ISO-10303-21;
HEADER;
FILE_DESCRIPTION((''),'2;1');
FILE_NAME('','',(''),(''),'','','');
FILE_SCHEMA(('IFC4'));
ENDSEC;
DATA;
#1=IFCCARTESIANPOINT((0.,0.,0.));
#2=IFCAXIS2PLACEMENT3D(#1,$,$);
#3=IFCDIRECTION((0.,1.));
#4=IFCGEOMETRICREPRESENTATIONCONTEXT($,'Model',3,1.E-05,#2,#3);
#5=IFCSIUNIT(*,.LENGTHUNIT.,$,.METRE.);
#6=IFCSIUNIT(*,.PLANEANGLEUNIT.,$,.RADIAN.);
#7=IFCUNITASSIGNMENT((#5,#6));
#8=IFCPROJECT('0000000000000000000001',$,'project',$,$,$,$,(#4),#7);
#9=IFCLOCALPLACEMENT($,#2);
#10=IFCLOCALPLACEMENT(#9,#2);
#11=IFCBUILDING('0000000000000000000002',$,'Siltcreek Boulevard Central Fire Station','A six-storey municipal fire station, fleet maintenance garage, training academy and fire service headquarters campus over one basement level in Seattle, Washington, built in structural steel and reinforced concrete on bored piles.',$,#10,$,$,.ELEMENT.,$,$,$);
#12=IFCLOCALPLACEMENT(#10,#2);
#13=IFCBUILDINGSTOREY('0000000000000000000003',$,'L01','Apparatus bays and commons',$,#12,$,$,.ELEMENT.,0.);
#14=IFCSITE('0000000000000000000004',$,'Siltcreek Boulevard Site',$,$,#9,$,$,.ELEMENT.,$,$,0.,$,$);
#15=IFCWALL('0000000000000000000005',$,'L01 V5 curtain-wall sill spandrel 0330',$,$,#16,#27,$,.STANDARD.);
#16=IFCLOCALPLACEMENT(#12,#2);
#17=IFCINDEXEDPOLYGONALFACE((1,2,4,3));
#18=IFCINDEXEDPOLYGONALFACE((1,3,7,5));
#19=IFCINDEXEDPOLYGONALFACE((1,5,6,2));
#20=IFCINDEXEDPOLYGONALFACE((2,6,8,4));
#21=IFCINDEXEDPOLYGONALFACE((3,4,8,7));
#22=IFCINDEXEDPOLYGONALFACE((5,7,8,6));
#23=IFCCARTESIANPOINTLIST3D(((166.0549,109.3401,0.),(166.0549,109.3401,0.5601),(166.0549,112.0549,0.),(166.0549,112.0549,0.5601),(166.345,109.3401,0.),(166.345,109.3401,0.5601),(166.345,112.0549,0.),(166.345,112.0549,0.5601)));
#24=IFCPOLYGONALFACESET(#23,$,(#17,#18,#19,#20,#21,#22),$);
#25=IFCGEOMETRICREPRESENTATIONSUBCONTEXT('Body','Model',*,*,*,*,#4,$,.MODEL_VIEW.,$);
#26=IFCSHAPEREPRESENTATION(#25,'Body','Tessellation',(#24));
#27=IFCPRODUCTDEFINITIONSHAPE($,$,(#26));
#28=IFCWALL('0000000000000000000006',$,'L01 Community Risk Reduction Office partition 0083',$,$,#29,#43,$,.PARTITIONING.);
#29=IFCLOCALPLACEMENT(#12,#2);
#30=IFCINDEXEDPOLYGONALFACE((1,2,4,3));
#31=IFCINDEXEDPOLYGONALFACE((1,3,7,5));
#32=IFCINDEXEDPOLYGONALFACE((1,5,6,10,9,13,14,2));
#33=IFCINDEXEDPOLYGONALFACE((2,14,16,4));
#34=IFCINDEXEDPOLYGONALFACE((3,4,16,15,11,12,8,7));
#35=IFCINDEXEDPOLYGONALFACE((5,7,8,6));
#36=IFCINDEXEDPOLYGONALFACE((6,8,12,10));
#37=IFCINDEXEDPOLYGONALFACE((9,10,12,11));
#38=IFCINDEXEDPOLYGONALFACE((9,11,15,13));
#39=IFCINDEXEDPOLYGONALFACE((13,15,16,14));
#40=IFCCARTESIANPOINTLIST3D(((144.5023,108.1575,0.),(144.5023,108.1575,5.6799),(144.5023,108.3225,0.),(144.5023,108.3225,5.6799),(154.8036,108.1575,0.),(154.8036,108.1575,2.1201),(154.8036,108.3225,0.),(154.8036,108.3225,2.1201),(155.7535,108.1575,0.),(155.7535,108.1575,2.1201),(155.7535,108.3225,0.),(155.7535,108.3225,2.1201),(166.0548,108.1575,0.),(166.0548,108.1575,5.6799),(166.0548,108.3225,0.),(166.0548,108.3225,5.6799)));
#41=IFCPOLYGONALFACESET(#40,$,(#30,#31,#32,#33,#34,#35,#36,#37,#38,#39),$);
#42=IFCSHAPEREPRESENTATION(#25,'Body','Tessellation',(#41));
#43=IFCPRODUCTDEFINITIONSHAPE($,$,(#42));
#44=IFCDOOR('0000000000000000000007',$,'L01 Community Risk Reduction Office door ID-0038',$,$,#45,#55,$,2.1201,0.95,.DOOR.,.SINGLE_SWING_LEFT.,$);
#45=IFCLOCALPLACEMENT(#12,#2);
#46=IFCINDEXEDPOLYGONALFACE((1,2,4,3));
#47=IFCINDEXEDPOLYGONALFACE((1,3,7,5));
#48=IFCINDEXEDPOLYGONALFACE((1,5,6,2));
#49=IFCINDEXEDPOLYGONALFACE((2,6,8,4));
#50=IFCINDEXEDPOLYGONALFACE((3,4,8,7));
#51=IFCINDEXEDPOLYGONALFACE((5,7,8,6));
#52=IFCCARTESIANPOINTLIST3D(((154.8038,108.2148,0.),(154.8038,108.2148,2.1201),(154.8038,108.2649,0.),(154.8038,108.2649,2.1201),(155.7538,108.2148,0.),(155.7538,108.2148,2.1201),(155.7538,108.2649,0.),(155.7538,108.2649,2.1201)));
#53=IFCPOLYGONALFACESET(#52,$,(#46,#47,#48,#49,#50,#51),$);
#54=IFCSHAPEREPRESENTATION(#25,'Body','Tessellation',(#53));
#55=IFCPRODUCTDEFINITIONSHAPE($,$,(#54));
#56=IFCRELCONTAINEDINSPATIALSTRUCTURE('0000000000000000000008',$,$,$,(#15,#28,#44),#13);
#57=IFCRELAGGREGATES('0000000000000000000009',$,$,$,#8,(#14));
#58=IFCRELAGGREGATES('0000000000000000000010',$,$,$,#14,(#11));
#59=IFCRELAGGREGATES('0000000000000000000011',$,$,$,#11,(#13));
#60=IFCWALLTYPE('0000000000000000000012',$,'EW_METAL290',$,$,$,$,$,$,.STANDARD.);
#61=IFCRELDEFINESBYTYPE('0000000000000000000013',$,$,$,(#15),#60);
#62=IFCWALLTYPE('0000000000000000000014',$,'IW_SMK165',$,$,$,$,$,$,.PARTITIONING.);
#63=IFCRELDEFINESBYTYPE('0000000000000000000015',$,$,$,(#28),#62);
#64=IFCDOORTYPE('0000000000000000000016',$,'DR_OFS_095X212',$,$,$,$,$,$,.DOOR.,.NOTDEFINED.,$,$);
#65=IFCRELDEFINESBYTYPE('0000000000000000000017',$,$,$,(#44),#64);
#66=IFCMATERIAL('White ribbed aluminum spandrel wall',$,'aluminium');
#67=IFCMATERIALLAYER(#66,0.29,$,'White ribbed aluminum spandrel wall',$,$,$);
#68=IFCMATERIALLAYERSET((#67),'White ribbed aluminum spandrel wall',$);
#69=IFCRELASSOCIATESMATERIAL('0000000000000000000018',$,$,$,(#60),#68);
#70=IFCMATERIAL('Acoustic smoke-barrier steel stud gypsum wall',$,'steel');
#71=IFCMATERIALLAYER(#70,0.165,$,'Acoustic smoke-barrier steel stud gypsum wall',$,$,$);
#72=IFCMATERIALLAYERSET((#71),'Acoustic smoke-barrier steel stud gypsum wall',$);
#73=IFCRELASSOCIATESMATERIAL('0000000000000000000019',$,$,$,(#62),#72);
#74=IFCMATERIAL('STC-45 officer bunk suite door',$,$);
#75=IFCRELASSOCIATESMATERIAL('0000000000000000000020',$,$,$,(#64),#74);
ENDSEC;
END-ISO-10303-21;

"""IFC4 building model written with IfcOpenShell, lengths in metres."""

from ifc_helpers import new_model, si_unit, direction, frame, frame_2d, origin, place, context, subcontext, project, spatial, rectangle, extrude, material, layer, layer_set, type_object, element, fill, save


model = new_model("IFC4")

# Units and contexts
model_context = context("Model", 3, precision=1e-05, world=origin(), true_north=direction((0.0, 1.0)))
body_context = subcontext(model_context, "Body", "Model", "MODEL_VIEW")
ifc_project = project(units=[si_unit("LENGTHUNIT", "METRE"), si_unit("PLANEANGLEUNIT", "RADIAN")], contexts=[model_context])

# Site, building, storey
site_placement = place(None, origin())
site = spatial("IfcSite", under=ifc_project, at=site_placement, Name="Siltcreek Boulevard Site", CompositionType="ELEMENT", RefElevation=0.0)
building_placement = place(site_placement, origin())
building = spatial("IfcBuilding", under=site, at=building_placement, Name="Siltcreek Boulevard Central Fire Station", Description="A six-storey municipal fire station, fleet maintenance garage, training academy and fire service headquarters campus over one basement level in Seattle, Washington, built in structural steel and reinforced concrete on bored piles.", CompositionType="ELEMENT")
storey_placement = place(building_placement, origin())
storey = spatial("IfcBuildingStorey", under=building, at=storey_placement, Name="L01", Description="Apparatus bays and commons", CompositionType="ELEMENT", Elevation=0.0)

# Wall
ifc_material_1 = material(Name="White ribbed aluminum spandrel wall", Category="aluminium")
ifc_layer_1 = layer(ifc_material_1, 0.29, Name="White ribbed aluminum spandrel wall")
ifc_layer_set_1 = layer_set([ifc_layer_1], Name="White ribbed aluminum spandrel wall")
wall_type_1 = type_object("IfcWallType", Name="EW_METAL290", PredefinedType="STANDARD", material=ifc_layer_set_1)
wall_1_placement = place(storey_placement, frame((166.2, 109.3401, 0.0), z_axis=(0.0, 0.0, 1.0), x_axis=(0.0, 1.0, 0.0)))
element("IfcWall", 1, at=wall_1_placement, inside=storey, type_object=wall_type_1, Name="L01 V5 curtain-wall sill spandrel 0330", PredefinedType="STANDARD", context=body_context, shape_type="SweptSolid", body=[
    extrude(rectangle(XDim=2.7148, YDim=0.29, at=frame_2d((1.3574, 0.0))), origin(), (0.0, 0.0, 1.0), 0.5601),
])

# Wall, opening, door
ifc_material_2 = material(Name="Acoustic smoke-barrier steel stud gypsum wall", Category="steel")
ifc_layer_2 = layer(ifc_material_2, 0.165, Name="Acoustic smoke-barrier steel stud gypsum wall")
ifc_layer_set_2 = layer_set([ifc_layer_2], Name="Acoustic smoke-barrier steel stud gypsum wall")
wall_type_2 = type_object("IfcWallType", Name="IW_SMK165", PredefinedType="PARTITIONING", material=ifc_layer_set_2)
wall_2_placement = place(storey_placement, frame((166.0549, 108.24, 0.0), z_axis=(0.0, 0.0, 1.0), x_axis=(-1.0, 0.0, 0.0)))
wall_2 = element("IfcWall", 2, at=wall_2_placement, inside=storey, type_object=wall_type_2, Name="L01 Community Risk Reduction Office partition 0083", PredefinedType="PARTITIONING", context=body_context, shape_type="SweptSolid", body=[
    extrude(rectangle(XDim=21.5525, YDim=0.165, at=frame_2d((10.7764, 0.0))), origin(), (0.0, 0.0, 1.0), 5.6799),
])
opening_placement = place(wall_2_placement, frame((10.3013, 0.0, 0.0)))
opening = element("IfcOpeningElement", 3, at=opening_placement, cuts=wall_2, PredefinedType="OPENING", context=body_context, shape_type="SweptSolid", body=[
    extrude(rectangle(XDim=0.95, YDim=2.1201, at=frame_2d((0.4751, 1.0601))), frame((0.0, 0.0925, 0.0), z_axis=(0.0, -1.0, 0.0), x_axis=(1.0, 0.0, 0.0)), (0.0, 0.0, 1.0), 0.1851),
])
ifc_material_3 = material(Name="STC-45 officer bunk suite door")
door_type = type_object("IfcDoorType", Name="DR_OFS_095X212", OperationType="NOTDEFINED", PredefinedType="DOOR", material=ifc_material_3)
door_placement = place(opening_placement, frame((0.95, 0.0, 0.0), z_axis=(0.0, 0.0, 1.0), x_axis=(-1.0, 0.0, 0.0)))
door = element("IfcDoor", 4, at=door_placement, inside=storey, type_object=door_type, Name="L01 Community Risk Reduction Office door ID-0038", OperationType="SINGLE_SWING_LEFT", OverallHeight=2.1201, OverallWidth=0.95, PredefinedType="DOOR", context=body_context, shape_type="SweptSolid", body=[
    extrude(rectangle(XDim=0.95, YDim=2.1201, at=frame_2d((0.4751, 1.0601))), frame((0.0, 0.0249, 0.0), z_axis=(0.0, -1.0, 0.0), x_axis=(1.0, 0.0, 0.0)), (0.0, 0.0, 1.0), 0.05),
])
fill(opening, door)

save(model, "model.ifc")
